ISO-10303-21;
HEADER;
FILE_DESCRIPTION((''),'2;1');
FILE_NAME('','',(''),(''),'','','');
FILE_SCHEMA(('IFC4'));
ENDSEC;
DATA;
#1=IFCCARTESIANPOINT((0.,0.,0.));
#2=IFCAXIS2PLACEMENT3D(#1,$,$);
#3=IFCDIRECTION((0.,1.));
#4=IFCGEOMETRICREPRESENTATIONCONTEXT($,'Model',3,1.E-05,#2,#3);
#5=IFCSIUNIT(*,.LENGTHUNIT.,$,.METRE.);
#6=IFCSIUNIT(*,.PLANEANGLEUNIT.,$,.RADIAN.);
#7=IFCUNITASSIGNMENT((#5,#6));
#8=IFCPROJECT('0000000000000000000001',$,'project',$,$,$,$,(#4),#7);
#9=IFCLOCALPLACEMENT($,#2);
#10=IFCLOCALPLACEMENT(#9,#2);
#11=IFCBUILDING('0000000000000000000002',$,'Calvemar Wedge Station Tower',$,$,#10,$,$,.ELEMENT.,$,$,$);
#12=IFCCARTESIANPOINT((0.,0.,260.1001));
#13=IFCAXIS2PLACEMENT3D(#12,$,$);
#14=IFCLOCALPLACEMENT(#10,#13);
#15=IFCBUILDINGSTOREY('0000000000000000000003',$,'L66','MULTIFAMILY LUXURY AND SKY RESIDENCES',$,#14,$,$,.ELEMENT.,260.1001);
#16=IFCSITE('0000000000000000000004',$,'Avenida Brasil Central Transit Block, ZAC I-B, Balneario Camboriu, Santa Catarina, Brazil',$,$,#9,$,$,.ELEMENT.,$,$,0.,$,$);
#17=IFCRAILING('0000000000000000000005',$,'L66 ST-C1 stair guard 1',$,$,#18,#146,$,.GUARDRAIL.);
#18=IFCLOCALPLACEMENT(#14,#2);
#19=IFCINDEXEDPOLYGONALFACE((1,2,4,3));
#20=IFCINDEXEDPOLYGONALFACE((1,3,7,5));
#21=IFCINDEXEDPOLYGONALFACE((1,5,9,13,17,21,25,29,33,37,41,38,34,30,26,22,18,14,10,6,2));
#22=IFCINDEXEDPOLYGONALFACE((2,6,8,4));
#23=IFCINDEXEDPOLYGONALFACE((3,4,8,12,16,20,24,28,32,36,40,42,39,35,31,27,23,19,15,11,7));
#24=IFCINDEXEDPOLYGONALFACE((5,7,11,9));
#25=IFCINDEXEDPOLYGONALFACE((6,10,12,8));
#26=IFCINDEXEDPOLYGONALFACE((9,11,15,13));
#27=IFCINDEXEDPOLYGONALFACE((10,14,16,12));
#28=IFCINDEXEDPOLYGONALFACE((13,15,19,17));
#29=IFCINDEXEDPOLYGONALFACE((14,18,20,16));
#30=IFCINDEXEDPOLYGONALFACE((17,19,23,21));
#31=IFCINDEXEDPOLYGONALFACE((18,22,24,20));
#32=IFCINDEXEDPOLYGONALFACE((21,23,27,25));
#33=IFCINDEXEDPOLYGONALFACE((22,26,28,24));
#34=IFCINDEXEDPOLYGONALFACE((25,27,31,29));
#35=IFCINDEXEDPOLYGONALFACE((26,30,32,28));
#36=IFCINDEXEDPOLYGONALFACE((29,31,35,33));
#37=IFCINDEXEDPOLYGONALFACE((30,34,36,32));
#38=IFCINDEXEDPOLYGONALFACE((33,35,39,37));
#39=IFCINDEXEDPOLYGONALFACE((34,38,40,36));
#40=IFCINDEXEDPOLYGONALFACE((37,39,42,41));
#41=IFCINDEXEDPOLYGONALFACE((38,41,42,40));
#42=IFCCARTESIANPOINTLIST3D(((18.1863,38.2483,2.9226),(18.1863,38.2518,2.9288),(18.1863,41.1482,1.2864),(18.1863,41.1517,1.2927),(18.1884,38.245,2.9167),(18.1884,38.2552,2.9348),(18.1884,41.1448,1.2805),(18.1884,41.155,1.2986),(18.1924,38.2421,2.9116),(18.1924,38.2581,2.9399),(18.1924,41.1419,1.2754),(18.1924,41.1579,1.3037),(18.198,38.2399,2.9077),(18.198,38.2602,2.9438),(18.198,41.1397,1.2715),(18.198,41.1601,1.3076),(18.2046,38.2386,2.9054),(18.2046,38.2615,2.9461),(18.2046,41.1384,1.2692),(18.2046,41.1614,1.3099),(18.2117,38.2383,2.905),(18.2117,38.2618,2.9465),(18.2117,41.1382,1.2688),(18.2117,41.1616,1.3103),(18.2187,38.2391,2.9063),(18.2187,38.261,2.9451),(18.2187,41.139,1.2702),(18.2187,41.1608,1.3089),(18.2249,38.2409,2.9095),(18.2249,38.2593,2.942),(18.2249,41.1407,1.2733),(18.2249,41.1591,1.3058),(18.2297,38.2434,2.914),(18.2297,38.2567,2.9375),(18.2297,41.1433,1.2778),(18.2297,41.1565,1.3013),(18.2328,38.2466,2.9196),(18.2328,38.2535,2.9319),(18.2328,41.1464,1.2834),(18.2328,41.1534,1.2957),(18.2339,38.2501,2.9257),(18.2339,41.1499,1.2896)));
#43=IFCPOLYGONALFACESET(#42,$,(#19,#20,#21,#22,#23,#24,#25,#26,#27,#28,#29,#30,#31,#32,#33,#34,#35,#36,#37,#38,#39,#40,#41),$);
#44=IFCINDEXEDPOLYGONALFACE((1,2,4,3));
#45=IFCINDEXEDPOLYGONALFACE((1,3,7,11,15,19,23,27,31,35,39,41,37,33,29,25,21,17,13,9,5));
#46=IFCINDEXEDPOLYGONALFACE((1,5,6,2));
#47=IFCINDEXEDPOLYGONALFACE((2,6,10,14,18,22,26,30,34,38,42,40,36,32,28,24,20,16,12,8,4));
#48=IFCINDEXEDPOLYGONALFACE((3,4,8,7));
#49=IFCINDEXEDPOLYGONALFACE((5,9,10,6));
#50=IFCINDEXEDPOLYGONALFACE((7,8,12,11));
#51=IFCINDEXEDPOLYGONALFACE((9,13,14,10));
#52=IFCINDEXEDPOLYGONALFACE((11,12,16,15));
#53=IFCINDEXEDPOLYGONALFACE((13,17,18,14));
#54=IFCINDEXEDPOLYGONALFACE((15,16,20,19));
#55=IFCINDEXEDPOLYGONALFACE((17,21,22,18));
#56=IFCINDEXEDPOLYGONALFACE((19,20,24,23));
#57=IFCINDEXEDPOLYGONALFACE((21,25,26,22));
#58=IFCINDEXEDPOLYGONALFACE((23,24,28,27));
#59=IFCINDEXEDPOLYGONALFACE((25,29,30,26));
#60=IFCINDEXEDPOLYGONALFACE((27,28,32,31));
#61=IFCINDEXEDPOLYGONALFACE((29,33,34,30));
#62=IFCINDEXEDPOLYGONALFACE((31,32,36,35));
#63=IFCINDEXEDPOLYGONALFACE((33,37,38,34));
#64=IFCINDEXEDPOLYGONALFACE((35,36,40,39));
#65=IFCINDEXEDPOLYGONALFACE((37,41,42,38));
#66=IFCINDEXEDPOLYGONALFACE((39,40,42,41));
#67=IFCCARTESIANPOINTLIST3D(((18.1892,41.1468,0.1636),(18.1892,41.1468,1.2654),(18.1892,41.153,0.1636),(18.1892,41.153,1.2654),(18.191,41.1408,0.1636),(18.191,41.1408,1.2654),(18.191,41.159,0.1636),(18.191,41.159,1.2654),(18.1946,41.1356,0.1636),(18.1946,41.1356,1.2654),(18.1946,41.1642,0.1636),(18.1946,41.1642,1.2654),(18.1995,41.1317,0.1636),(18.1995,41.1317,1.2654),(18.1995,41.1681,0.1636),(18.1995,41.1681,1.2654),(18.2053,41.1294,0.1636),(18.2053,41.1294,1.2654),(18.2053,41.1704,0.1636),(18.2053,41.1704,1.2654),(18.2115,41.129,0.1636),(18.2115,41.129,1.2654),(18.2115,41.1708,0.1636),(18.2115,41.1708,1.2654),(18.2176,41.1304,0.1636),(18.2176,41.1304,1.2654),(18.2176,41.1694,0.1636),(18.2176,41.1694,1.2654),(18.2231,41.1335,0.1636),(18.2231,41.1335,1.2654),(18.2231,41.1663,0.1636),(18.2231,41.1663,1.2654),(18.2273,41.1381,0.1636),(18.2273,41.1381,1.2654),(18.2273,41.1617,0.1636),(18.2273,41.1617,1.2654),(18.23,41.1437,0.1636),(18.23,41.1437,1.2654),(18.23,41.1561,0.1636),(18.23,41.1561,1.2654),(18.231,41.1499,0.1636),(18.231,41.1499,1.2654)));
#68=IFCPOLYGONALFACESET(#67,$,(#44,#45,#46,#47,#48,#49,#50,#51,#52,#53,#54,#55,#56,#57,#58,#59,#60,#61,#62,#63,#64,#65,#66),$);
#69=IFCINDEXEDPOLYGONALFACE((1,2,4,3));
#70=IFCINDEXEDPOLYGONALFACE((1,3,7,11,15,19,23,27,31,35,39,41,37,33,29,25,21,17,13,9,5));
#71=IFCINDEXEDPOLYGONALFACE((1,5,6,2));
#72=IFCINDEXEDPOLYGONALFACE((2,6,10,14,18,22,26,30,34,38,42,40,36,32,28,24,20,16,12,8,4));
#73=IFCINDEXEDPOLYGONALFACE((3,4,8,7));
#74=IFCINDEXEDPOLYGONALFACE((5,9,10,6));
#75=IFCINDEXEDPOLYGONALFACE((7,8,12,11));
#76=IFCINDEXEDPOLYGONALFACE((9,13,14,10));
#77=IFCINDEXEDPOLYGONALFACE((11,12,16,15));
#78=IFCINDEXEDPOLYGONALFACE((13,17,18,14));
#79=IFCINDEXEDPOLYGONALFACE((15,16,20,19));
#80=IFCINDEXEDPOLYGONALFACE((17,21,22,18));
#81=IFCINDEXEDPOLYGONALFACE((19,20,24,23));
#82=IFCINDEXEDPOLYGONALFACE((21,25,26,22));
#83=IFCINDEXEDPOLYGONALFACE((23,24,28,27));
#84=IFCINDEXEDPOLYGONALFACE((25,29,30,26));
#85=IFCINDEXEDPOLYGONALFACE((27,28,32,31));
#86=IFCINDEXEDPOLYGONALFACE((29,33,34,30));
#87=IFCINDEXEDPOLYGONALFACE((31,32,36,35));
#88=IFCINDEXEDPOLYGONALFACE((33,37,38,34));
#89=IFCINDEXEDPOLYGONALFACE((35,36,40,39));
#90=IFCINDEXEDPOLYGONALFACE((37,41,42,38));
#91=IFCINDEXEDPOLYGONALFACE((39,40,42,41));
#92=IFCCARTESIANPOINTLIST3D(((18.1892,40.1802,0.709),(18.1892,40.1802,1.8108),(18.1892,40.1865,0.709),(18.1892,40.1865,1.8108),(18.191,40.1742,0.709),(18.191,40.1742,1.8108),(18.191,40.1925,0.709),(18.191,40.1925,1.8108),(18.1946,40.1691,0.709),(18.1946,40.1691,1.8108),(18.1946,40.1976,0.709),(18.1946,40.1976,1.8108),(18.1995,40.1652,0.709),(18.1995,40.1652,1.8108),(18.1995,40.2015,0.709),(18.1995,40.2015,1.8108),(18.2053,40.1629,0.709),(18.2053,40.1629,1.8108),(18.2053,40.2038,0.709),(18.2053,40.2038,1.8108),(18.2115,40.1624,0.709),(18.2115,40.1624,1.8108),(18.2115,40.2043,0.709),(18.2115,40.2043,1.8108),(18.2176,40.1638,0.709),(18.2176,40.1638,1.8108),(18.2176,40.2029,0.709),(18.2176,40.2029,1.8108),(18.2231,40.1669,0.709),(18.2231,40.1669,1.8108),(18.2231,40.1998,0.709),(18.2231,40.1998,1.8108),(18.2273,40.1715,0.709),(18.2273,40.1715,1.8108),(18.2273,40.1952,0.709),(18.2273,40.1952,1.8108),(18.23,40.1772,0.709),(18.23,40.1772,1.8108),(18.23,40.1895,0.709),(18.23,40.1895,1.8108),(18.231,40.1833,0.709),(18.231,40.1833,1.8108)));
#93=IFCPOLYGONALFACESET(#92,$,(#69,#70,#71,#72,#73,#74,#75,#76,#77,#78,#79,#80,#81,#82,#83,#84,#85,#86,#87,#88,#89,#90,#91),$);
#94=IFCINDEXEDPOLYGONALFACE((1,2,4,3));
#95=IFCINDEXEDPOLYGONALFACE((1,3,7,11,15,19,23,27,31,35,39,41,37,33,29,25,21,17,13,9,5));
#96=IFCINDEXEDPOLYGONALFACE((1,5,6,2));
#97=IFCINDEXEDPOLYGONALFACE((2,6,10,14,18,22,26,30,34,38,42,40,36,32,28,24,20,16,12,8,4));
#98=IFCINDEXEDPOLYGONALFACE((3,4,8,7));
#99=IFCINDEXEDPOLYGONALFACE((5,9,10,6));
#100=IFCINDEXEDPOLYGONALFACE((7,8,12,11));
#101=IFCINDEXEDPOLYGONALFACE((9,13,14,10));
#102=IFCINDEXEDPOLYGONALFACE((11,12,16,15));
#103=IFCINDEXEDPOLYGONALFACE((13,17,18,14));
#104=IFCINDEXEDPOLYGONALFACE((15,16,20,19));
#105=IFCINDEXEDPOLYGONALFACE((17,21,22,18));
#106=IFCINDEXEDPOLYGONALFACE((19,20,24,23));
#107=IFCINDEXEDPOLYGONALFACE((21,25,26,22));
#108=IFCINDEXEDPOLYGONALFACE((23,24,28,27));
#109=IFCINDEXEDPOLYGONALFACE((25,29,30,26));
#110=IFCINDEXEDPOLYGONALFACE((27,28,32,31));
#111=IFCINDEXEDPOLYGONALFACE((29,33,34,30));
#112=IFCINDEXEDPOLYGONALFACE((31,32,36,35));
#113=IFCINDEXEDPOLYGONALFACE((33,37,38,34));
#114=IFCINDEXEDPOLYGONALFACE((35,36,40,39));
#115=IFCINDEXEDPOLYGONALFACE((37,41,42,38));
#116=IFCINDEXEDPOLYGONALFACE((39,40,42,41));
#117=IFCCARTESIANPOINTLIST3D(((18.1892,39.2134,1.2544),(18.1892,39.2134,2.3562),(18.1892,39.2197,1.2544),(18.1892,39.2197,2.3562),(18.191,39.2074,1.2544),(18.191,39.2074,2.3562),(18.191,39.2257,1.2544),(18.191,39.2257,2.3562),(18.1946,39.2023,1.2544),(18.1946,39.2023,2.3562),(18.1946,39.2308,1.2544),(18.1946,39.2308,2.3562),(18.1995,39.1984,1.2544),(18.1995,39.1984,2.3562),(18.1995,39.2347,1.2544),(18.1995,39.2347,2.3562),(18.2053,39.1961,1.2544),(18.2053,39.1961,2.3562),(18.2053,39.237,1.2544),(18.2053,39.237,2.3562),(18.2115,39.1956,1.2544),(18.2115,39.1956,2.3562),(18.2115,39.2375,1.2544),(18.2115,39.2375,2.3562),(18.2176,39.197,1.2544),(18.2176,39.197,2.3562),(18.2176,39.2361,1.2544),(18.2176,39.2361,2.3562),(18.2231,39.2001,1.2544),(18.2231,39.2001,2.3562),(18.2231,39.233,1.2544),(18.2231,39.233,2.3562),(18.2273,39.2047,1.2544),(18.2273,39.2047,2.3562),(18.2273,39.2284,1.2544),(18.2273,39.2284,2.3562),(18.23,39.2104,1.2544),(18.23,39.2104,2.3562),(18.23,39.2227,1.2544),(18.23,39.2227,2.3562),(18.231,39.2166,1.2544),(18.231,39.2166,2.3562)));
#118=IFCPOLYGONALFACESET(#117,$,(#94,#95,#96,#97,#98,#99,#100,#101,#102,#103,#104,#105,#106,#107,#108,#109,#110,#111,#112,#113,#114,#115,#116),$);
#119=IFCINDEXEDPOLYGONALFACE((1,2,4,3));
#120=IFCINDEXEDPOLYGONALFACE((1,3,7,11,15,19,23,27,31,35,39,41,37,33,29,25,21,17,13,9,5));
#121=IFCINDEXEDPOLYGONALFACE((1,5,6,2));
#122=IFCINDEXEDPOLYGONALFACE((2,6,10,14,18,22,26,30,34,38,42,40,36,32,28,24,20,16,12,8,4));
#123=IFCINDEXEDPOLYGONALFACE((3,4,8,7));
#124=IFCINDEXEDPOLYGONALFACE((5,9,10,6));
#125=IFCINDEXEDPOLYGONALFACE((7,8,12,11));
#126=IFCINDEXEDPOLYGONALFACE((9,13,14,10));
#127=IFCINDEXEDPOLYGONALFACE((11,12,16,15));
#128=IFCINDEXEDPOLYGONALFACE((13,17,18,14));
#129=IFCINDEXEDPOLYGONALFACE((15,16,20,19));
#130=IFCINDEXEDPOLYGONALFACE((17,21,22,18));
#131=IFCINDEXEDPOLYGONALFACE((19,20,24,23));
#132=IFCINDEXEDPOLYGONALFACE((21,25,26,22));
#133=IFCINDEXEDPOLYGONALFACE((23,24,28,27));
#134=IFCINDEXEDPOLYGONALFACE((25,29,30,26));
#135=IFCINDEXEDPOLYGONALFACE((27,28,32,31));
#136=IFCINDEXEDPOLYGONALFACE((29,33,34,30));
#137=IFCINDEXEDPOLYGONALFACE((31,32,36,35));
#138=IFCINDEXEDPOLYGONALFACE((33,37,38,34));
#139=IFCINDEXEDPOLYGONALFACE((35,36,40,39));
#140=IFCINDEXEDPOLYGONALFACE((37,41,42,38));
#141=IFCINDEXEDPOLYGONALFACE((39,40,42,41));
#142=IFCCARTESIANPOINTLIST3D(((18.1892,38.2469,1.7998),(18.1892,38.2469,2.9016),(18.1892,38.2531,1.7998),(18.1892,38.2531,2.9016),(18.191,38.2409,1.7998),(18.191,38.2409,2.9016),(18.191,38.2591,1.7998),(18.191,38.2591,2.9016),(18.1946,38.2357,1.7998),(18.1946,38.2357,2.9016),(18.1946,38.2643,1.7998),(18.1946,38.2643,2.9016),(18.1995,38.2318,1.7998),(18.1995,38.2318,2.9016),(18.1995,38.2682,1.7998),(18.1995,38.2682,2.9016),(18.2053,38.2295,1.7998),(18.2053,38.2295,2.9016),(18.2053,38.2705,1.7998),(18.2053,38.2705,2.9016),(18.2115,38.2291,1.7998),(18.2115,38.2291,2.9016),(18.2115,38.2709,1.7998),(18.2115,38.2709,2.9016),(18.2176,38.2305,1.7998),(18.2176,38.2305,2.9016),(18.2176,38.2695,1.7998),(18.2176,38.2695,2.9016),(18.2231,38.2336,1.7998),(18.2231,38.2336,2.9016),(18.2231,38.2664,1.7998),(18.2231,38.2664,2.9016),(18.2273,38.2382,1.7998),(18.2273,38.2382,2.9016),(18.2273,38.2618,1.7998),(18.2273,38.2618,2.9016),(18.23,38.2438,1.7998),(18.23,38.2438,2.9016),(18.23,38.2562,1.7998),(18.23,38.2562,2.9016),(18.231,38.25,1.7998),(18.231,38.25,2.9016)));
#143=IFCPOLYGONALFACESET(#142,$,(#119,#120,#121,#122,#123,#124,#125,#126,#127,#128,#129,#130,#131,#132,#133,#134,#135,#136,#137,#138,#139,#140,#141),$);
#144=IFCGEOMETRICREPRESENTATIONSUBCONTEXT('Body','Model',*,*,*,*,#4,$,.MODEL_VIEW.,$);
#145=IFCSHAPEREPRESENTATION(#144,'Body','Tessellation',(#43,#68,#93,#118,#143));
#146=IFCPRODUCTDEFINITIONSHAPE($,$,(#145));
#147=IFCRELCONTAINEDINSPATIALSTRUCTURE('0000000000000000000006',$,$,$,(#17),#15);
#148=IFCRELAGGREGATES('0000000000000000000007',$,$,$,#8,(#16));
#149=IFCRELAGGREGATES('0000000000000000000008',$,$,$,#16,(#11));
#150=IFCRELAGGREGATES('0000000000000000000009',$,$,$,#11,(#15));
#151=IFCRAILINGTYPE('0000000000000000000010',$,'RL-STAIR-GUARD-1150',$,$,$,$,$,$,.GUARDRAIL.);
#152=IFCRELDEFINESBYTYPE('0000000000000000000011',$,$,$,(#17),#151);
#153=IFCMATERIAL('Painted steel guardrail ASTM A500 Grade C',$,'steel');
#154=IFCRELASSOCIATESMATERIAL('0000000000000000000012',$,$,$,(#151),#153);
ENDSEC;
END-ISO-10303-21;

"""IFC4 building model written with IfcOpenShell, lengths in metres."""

from ifc_helpers import new_model, si_unit, direction, frame, origin, origin_2d, place, context, subcontext, project, spatial, circle, extrude, material, type_object, element, save


model = new_model("IFC4")

# Units and contexts
model_context = context("Model", 3, precision=1e-05, world=origin(), true_north=direction((0.0, 1.0)))
body_context = subcontext(model_context, "Body", "Model", "MODEL_VIEW")
ifc_project = project(units=[si_unit("LENGTHUNIT", "METRE"), si_unit("PLANEANGLEUNIT", "RADIAN")], contexts=[model_context])

# Site, building, storey
site_placement = place(None, origin())
site = spatial("IfcSite", under=ifc_project, at=site_placement, Name="Avenida Brasil Central Transit Block, ZAC I-B, Balneario Camboriu, Santa Catarina, Brazil", CompositionType="ELEMENT", RefElevation=0.0)
building_placement = place(site_placement, origin())
building = spatial("IfcBuilding", under=site, at=building_placement, Name="Calvemar Wedge Station Tower", CompositionType="ELEMENT")
storey_placement = place(building_placement, frame((0.0, 0.0, 260.1001)))
storey = spatial("IfcBuildingStorey", under=building, at=storey_placement, Name="L66", Description="MULTIFAMILY LUXURY AND SKY RESIDENCES", CompositionType="ELEMENT", Elevation=260.1001)

# Railing
ifc_material_1 = material(Name="Painted steel guardrail ASTM A500 Grade C", Category="steel")
railing_type_1 = type_object("IfcRailingType", Name="RL-STAIR-GUARD-1150", PredefinedType="GUARDRAIL", material=ifc_material_1)
railing_1_placement = place(storey_placement, frame((18.21, 41.1499, 0.1636)))
element("IfcRailing", 1, at=railing_1_placement, inside=storey, type_object=railing_type_1, Name="L66 ST-C1 stair guard 1", PredefinedType="GUARDRAIL", context=body_context, shape_type="SweptSolid", body=[
    extrude(circle(Radius=0.0239, at=origin_2d()), frame((0.0, 0.0, 1.126), z_axis=(0.0, -0.870929, 0.49141), x_axis=(1.0, 0.0, 0.0)), (0.0, 0.0, 1.0), 3.3296),
    extrude(circle(Radius=0.021, at=origin_2d()), origin(), (0.0, 0.0, 1.0), 1.1018),
    extrude(circle(Radius=0.021, at=origin_2d()), frame((0.0, -0.9666, 0.5454)), (0.0, 0.0, 1.0), 1.1018),
    extrude(circle(Radius=0.021, at=origin_2d()), frame((0.0, -1.9333, 1.0908)), (0.0, 0.0, 1.0), 1.1018),
    extrude(circle(Radius=0.021, at=origin_2d()), frame((0.0, -2.8999, 1.6362)), (0.0, 0.0, 1.0), 1.1018),
])

save(model, "model.ifc")
